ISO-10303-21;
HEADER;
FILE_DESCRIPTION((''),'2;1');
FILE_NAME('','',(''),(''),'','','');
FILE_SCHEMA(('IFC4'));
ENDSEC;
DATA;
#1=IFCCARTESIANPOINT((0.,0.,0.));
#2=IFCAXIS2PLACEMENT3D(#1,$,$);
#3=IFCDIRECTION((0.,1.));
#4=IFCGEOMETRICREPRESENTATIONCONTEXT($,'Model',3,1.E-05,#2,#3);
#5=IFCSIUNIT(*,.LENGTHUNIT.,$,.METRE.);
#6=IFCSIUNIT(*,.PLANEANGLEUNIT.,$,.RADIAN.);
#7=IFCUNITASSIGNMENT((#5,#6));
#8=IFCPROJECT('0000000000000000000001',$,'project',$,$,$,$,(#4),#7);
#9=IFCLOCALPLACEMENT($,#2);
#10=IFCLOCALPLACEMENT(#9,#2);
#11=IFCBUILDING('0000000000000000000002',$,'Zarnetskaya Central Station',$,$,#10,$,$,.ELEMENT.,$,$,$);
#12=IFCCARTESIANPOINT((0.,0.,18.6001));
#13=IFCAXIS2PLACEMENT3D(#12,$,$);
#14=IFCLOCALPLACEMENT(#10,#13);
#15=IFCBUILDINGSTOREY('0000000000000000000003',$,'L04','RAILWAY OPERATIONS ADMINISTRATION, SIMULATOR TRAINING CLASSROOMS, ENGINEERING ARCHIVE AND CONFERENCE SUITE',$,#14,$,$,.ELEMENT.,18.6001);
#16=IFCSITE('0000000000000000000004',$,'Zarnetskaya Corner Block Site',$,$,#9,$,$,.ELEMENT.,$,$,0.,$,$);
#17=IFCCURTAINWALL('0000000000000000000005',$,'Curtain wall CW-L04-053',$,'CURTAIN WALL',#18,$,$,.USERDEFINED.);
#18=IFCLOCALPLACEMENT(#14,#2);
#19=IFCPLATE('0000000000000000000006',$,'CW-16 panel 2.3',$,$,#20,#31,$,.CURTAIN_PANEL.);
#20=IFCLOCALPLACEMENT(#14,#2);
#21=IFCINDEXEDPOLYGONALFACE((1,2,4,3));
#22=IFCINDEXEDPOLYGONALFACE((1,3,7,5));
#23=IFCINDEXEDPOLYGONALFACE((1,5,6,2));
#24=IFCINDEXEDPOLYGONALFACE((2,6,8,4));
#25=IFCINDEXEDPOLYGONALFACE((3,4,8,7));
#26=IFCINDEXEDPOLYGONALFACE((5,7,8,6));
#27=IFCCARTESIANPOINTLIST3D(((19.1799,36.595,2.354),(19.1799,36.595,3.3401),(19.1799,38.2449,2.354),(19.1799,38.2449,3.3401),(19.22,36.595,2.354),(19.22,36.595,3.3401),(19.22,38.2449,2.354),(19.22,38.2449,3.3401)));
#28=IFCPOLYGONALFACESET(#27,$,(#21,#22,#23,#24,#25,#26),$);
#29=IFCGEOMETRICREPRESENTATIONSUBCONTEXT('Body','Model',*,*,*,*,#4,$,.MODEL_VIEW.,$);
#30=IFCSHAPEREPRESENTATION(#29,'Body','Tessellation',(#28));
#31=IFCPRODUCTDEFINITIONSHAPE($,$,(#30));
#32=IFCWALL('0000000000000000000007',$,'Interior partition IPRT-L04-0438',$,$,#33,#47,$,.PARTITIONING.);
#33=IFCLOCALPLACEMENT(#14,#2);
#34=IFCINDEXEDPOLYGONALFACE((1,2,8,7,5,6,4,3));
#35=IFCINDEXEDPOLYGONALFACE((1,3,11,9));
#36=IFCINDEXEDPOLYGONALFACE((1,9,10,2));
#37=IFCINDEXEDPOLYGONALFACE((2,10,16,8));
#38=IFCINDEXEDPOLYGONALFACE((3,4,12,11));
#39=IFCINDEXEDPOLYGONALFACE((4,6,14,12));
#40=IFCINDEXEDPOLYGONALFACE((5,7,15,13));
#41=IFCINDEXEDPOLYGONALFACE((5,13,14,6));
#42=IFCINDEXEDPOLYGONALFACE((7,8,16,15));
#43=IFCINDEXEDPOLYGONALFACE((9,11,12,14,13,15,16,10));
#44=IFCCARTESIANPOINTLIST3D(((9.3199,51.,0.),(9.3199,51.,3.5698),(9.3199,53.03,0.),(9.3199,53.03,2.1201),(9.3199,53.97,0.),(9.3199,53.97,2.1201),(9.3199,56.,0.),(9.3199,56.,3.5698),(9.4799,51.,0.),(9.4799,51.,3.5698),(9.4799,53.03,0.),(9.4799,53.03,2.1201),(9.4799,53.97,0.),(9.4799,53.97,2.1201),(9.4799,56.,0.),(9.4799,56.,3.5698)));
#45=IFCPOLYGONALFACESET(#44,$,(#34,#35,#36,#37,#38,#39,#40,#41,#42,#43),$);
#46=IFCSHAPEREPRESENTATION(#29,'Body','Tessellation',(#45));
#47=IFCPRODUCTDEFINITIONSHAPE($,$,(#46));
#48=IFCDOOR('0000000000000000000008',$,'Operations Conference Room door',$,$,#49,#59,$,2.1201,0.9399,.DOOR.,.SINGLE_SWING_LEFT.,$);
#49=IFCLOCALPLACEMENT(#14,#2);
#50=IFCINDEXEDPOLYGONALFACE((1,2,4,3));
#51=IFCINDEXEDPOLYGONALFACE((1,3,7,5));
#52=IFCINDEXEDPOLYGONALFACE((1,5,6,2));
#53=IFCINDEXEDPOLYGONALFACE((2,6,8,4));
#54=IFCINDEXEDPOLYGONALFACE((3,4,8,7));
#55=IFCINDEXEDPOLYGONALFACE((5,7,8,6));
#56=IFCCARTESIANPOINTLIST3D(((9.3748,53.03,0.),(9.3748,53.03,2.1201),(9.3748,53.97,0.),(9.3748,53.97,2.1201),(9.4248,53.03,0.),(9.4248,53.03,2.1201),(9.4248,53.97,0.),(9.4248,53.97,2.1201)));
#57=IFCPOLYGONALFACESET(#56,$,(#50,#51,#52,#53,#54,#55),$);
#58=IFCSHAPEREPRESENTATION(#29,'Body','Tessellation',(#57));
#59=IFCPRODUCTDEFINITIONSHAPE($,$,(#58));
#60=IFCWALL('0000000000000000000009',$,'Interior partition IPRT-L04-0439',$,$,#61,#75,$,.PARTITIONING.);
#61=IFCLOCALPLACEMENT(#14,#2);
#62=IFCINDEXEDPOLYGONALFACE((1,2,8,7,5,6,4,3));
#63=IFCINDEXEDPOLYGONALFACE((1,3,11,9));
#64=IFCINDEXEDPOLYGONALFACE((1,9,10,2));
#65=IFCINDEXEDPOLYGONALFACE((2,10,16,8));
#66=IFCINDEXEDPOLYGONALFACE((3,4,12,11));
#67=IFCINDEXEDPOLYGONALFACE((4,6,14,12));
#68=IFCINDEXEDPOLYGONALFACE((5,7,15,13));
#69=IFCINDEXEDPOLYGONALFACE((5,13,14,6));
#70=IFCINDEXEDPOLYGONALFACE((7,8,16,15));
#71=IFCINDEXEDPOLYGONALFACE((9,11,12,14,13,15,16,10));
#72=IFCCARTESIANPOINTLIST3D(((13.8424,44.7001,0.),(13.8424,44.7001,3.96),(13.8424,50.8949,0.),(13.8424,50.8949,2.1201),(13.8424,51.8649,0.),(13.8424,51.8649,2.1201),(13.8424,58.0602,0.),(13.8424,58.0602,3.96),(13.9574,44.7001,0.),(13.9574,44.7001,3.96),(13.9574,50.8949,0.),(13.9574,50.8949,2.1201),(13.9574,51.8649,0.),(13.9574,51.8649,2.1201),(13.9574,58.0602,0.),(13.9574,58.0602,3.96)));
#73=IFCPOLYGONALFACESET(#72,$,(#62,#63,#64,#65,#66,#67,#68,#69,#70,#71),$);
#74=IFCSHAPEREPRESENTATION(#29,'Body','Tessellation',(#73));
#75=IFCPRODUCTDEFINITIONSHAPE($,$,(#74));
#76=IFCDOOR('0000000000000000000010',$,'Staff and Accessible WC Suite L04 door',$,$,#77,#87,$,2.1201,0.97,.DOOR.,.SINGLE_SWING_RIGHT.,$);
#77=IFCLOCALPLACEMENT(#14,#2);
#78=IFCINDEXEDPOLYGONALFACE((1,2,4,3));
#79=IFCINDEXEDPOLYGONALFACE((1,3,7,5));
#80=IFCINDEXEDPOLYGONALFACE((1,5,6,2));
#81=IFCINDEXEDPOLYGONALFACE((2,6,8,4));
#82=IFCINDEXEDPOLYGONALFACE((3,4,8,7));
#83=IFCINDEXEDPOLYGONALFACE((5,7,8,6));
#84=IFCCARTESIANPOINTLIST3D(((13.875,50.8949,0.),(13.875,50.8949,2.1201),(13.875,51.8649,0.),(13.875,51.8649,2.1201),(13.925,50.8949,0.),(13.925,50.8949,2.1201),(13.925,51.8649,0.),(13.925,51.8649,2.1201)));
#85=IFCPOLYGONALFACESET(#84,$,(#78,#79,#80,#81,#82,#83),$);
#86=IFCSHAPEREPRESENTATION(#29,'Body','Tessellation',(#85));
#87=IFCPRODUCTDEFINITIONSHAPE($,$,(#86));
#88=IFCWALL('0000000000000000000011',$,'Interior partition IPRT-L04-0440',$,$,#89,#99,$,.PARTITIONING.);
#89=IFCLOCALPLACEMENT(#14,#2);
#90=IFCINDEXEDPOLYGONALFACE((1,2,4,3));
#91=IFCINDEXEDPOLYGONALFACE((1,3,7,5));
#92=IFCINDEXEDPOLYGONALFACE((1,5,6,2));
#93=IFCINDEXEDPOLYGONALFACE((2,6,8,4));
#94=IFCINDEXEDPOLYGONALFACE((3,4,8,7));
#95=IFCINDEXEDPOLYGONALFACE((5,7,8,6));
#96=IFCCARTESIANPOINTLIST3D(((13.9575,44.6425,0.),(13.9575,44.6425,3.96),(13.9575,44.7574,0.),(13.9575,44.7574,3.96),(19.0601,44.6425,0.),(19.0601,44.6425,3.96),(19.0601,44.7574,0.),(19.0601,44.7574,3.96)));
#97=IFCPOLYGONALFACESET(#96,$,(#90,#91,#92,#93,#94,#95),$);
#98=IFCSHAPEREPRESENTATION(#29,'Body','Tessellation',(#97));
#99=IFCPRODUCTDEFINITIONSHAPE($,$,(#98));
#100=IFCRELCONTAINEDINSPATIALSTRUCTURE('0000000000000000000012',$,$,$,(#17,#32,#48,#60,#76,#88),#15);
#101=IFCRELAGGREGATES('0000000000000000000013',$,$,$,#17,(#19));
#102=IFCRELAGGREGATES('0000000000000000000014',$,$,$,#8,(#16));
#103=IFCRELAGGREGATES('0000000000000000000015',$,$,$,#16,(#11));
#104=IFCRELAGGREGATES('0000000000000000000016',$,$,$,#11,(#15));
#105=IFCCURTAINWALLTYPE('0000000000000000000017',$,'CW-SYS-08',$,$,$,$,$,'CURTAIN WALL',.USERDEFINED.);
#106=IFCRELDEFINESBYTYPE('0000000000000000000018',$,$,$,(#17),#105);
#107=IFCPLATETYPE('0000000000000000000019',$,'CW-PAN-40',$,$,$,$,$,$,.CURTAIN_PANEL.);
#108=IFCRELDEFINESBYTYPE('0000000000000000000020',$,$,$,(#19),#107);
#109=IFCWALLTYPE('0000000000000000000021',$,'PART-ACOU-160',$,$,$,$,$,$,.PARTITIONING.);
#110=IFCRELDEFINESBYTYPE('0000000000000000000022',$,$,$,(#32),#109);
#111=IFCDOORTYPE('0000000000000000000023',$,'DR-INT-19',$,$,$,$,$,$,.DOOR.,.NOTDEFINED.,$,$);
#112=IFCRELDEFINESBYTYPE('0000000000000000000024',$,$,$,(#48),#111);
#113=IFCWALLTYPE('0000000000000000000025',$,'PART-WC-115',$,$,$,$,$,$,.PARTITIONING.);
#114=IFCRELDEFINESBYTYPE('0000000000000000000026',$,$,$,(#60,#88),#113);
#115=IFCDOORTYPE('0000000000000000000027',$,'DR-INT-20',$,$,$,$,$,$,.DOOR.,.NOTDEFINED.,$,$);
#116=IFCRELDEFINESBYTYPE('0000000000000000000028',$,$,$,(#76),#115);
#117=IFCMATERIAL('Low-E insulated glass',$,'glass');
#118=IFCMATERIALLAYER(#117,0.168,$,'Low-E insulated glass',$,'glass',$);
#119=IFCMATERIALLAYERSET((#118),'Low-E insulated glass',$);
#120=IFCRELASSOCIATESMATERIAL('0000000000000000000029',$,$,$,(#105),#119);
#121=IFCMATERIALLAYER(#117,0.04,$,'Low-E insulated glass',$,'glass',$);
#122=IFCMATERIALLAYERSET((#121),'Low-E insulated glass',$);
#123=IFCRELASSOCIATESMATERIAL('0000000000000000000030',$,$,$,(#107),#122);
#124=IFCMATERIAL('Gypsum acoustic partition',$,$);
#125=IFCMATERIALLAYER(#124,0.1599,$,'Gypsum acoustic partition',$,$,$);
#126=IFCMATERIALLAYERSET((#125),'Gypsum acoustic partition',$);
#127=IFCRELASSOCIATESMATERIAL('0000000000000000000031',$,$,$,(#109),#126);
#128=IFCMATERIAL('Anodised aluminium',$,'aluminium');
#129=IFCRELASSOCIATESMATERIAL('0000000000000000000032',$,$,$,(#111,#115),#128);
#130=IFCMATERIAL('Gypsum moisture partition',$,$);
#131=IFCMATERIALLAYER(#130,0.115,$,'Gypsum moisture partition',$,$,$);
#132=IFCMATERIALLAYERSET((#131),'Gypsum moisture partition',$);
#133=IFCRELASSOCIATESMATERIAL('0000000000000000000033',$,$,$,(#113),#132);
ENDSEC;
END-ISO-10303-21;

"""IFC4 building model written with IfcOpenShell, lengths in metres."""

from ifc_helpers import new_model, si_unit, direction, frame, frame_2d, origin, origin_2d, place, context, subcontext, project, spatial, rectangle, extrude, material, layer, layer_set, type_object, element, fill, aggregate, save


model = new_model("IFC4")

# Units and contexts
model_context = context("Model", 3, precision=1e-05, world=origin(), true_north=direction((0.0, 1.0)))
body_context = subcontext(model_context, "Body", "Model", "MODEL_VIEW")
ifc_project = project(units=[si_unit("LENGTHUNIT", "METRE"), si_unit("PLANEANGLEUNIT", "RADIAN")], contexts=[model_context])

# Site, building, storey
site_placement = place(None, origin())
site = spatial("IfcSite", under=ifc_project, at=site_placement, Name="Zarnetskaya Corner Block Site", CompositionType="ELEMENT", RefElevation=0.0)
building_placement = place(site_placement, origin())
building = spatial("IfcBuilding", under=site, at=building_placement, Name="Zarnetskaya Central Station", CompositionType="ELEMENT")
storey_placement = place(building_placement, frame((0.0, 0.0, 18.6001)))
storey = spatial("IfcBuildingStorey", under=building, at=storey_placement, Name="L04", Description="RAILWAY OPERATIONS ADMINISTRATION, SIMULATOR TRAINING CLASSROOMS, ENGINEERING ARCHIVE AND CONFERENCE SUITE", CompositionType="ELEMENT", Elevation=18.6001)

# Curtain wall
ifc_material_1 = material(Name="Low-E insulated glass", Category="glass")
ifc_layer_1 = layer(ifc_material_1, 0.168, Name="Low-E insulated glass", Category="glass")
ifc_layer_set_1 = layer_set([ifc_layer_1], Name="Low-E insulated glass")
curtain_wall_type = type_object("IfcCurtainWallType", Name="CW-SYS-08", ElementType="CURTAIN WALL", PredefinedType="USERDEFINED", material=ifc_layer_set_1)
curtain_wall_placement = place(storey_placement, origin())
curtain_wall = element("IfcCurtainWall", 1, at=curtain_wall_placement, inside=storey, type_object=curtain_wall_type, Name="Curtain wall CW-L04-053", ObjectType="CURTAIN WALL", PredefinedType="USERDEFINED")
ifc_material_2 = material(Name="Anodised aluminium", Category="aluminium")

# Plate
ifc_layer_2 = layer(ifc_material_1, 0.04, Name="Low-E insulated glass", Category="glass")
ifc_layer_set_2 = layer_set([ifc_layer_2], Name="Low-E insulated glass")
plate_type = type_object("IfcPlateType", Name="CW-PAN-40", PredefinedType="CURTAIN_PANEL", material=ifc_layer_set_2)
plate_placement = place(storey_placement, frame((19.2, 37.4199, 2.354), z_axis=(0.0, 0.0, 1.0), x_axis=(0.0, -1.0, 0.0)))
plate = element("IfcPlate", 2, at=plate_placement, type_object=plate_type, Name="CW-16 panel 2.3", PredefinedType="CURTAIN_PANEL", context=body_context, shape_type="SweptSolid", body=[
    extrude(rectangle(XDim=1.6499, YDim=0.04, at=origin_2d()), origin(), (0.0, 0.0, 1.0), 0.9861),
])
aggregate(curtain_wall, [plate])

# Walls, openings, doors
ifc_material_3 = material(Name="Gypsum acoustic partition")
ifc_layer_3 = layer(ifc_material_3, 0.1599, Name="Gypsum acoustic partition")
ifc_layer_set_3 = layer_set([ifc_layer_3], Name="Gypsum acoustic partition")
wall_type_1 = type_object("IfcWallType", Name="PART-ACOU-160", PredefinedType="PARTITIONING", material=ifc_layer_set_3)
wall_1_placement = place(storey_placement, frame((9.3999, 56.0, 0.0), z_axis=(0.0, 0.0, 1.0), x_axis=(0.0, -1.0, 0.0)))
wall_1 = element("IfcWall", 3, at=wall_1_placement, inside=storey, type_object=wall_type_1, Name="Interior partition IPRT-L04-0438", PredefinedType="PARTITIONING", context=body_context, shape_type="SweptSolid", body=[
    extrude(rectangle(XDim=5.0, YDim=0.1599, at=frame_2d((2.5, 0.0))), origin(), (0.0, 0.0, 1.0), 3.5698),
])
opening_1_placement = place(wall_1_placement, frame((2.03, 0.0, 0.0)))
opening_1 = element("IfcOpeningElement", 4, at=opening_1_placement, cuts=wall_1, PredefinedType="OPENING", context=body_context, shape_type="SweptSolid", body=[
    extrude(rectangle(XDim=0.9399, YDim=2.1201, at=frame_2d((0.47, 1.0601))), frame((0.0, 0.0898, 0.0), z_axis=(0.0, -1.0, 0.0), x_axis=(1.0, 0.0, 0.0)), (0.0, 0.0, 1.0), 0.1799),
])
door_type_1 = type_object("IfcDoorType", Name="DR-INT-19", OperationType="NOTDEFINED", PredefinedType="DOOR", material=ifc_material_2)
door_1_placement = place(opening_1_placement, origin())
door_1 = element("IfcDoor", 5, at=door_1_placement, inside=storey, type_object=door_type_1, Name="Operations Conference Room door", OperationType="SINGLE_SWING_LEFT", OverallHeight=2.1201, OverallWidth=0.9399, PredefinedType="DOOR", context=body_context, shape_type="SweptSolid", body=[
    extrude(rectangle(XDim=0.9399, YDim=2.1201, at=frame_2d((0.47, 1.0601))), frame((0.0, 0.0249, 0.0), z_axis=(0.0, -1.0, 0.0), x_axis=(1.0, 0.0, 0.0)), (0.0, 0.0, 1.0), 0.05),
])
fill(opening_1, door_1)
ifc_material_4 = material(Name="Gypsum moisture partition")
ifc_layer_4 = layer(ifc_material_4, 0.115, Name="Gypsum moisture partition")
ifc_layer_set_4 = layer_set([ifc_layer_4], Name="Gypsum moisture partition")
wall_type_2 = type_object("IfcWallType", Name="PART-WC-115", PredefinedType="PARTITIONING", material=ifc_layer_set_4)
wall_2_placement = place(storey_placement, frame((13.8999, 44.7, 0.0), z_axis=(0.0, 0.0, 1.0), x_axis=(0.0, 1.0, 0.0)))
wall_2 = element("IfcWall", 6, at=wall_2_placement, inside=storey, type_object=wall_type_2, Name="Interior partition IPRT-L04-0439", PredefinedType="PARTITIONING", context=body_context, shape_type="SweptSolid", body=[
    extrude(rectangle(XDim=13.3601, YDim=0.115, at=frame_2d((6.6802, 0.0))), origin(), (0.0, 0.0, 1.0), 3.96),
])
opening_2_placement = place(wall_2_placement, frame((6.1951, 0.0, 0.0)))
opening_2 = element("IfcOpeningElement", 7, at=opening_2_placement, cuts=wall_2, PredefinedType="OPENING", context=body_context, shape_type="SweptSolid", body=[
    extrude(rectangle(XDim=0.97, YDim=2.1201, at=frame_2d((0.4849, 1.0601))), frame((0.0, 0.0674, 0.0), z_axis=(0.0, -1.0, 0.0), x_axis=(1.0, 0.0, 0.0)), (0.0, 0.0, 1.0), 0.135),
])
door_type_2 = type_object("IfcDoorType", Name="DR-INT-20", OperationType="NOTDEFINED", PredefinedType="DOOR", material=ifc_material_2)
door_2_placement = place(opening_2_placement, origin())
door_2 = element("IfcDoor", 8, at=door_2_placement, inside=storey, type_object=door_type_2, Name="Staff and Accessible WC Suite L04 door", OperationType="SINGLE_SWING_RIGHT", OverallHeight=2.1201, OverallWidth=0.97, PredefinedType="DOOR", context=body_context, shape_type="SweptSolid", body=[
    extrude(rectangle(XDim=0.97, YDim=2.1201, at=frame_2d((0.4849, 1.0601))), frame((0.0, 0.0249, 0.0), z_axis=(0.0, -1.0, 0.0), x_axis=(1.0, 0.0, 0.0)), (0.0, 0.0, 1.0), 0.05),
])
fill(opening_2, door_2)

# Wall
wall_3_placement = place(storey_placement, frame((19.0601, 44.7, 0.0), z_axis=(0.0, 0.0, 1.0), x_axis=(-1.0, 0.0, 0.0)))
element("IfcWall", 9, at=wall_3_placement, inside=storey, type_object=wall_type_2, Name="Interior partition IPRT-L04-0440", PredefinedType="PARTITIONING", context=body_context, shape_type="SweptSolid", body=[
    extrude(rectangle(XDim=5.1025, YDim=0.115, at=frame_2d((2.5513, 0.0))), origin(), (0.0, 0.0, 1.0), 3.96),
])

save(model, "model.ifc")
